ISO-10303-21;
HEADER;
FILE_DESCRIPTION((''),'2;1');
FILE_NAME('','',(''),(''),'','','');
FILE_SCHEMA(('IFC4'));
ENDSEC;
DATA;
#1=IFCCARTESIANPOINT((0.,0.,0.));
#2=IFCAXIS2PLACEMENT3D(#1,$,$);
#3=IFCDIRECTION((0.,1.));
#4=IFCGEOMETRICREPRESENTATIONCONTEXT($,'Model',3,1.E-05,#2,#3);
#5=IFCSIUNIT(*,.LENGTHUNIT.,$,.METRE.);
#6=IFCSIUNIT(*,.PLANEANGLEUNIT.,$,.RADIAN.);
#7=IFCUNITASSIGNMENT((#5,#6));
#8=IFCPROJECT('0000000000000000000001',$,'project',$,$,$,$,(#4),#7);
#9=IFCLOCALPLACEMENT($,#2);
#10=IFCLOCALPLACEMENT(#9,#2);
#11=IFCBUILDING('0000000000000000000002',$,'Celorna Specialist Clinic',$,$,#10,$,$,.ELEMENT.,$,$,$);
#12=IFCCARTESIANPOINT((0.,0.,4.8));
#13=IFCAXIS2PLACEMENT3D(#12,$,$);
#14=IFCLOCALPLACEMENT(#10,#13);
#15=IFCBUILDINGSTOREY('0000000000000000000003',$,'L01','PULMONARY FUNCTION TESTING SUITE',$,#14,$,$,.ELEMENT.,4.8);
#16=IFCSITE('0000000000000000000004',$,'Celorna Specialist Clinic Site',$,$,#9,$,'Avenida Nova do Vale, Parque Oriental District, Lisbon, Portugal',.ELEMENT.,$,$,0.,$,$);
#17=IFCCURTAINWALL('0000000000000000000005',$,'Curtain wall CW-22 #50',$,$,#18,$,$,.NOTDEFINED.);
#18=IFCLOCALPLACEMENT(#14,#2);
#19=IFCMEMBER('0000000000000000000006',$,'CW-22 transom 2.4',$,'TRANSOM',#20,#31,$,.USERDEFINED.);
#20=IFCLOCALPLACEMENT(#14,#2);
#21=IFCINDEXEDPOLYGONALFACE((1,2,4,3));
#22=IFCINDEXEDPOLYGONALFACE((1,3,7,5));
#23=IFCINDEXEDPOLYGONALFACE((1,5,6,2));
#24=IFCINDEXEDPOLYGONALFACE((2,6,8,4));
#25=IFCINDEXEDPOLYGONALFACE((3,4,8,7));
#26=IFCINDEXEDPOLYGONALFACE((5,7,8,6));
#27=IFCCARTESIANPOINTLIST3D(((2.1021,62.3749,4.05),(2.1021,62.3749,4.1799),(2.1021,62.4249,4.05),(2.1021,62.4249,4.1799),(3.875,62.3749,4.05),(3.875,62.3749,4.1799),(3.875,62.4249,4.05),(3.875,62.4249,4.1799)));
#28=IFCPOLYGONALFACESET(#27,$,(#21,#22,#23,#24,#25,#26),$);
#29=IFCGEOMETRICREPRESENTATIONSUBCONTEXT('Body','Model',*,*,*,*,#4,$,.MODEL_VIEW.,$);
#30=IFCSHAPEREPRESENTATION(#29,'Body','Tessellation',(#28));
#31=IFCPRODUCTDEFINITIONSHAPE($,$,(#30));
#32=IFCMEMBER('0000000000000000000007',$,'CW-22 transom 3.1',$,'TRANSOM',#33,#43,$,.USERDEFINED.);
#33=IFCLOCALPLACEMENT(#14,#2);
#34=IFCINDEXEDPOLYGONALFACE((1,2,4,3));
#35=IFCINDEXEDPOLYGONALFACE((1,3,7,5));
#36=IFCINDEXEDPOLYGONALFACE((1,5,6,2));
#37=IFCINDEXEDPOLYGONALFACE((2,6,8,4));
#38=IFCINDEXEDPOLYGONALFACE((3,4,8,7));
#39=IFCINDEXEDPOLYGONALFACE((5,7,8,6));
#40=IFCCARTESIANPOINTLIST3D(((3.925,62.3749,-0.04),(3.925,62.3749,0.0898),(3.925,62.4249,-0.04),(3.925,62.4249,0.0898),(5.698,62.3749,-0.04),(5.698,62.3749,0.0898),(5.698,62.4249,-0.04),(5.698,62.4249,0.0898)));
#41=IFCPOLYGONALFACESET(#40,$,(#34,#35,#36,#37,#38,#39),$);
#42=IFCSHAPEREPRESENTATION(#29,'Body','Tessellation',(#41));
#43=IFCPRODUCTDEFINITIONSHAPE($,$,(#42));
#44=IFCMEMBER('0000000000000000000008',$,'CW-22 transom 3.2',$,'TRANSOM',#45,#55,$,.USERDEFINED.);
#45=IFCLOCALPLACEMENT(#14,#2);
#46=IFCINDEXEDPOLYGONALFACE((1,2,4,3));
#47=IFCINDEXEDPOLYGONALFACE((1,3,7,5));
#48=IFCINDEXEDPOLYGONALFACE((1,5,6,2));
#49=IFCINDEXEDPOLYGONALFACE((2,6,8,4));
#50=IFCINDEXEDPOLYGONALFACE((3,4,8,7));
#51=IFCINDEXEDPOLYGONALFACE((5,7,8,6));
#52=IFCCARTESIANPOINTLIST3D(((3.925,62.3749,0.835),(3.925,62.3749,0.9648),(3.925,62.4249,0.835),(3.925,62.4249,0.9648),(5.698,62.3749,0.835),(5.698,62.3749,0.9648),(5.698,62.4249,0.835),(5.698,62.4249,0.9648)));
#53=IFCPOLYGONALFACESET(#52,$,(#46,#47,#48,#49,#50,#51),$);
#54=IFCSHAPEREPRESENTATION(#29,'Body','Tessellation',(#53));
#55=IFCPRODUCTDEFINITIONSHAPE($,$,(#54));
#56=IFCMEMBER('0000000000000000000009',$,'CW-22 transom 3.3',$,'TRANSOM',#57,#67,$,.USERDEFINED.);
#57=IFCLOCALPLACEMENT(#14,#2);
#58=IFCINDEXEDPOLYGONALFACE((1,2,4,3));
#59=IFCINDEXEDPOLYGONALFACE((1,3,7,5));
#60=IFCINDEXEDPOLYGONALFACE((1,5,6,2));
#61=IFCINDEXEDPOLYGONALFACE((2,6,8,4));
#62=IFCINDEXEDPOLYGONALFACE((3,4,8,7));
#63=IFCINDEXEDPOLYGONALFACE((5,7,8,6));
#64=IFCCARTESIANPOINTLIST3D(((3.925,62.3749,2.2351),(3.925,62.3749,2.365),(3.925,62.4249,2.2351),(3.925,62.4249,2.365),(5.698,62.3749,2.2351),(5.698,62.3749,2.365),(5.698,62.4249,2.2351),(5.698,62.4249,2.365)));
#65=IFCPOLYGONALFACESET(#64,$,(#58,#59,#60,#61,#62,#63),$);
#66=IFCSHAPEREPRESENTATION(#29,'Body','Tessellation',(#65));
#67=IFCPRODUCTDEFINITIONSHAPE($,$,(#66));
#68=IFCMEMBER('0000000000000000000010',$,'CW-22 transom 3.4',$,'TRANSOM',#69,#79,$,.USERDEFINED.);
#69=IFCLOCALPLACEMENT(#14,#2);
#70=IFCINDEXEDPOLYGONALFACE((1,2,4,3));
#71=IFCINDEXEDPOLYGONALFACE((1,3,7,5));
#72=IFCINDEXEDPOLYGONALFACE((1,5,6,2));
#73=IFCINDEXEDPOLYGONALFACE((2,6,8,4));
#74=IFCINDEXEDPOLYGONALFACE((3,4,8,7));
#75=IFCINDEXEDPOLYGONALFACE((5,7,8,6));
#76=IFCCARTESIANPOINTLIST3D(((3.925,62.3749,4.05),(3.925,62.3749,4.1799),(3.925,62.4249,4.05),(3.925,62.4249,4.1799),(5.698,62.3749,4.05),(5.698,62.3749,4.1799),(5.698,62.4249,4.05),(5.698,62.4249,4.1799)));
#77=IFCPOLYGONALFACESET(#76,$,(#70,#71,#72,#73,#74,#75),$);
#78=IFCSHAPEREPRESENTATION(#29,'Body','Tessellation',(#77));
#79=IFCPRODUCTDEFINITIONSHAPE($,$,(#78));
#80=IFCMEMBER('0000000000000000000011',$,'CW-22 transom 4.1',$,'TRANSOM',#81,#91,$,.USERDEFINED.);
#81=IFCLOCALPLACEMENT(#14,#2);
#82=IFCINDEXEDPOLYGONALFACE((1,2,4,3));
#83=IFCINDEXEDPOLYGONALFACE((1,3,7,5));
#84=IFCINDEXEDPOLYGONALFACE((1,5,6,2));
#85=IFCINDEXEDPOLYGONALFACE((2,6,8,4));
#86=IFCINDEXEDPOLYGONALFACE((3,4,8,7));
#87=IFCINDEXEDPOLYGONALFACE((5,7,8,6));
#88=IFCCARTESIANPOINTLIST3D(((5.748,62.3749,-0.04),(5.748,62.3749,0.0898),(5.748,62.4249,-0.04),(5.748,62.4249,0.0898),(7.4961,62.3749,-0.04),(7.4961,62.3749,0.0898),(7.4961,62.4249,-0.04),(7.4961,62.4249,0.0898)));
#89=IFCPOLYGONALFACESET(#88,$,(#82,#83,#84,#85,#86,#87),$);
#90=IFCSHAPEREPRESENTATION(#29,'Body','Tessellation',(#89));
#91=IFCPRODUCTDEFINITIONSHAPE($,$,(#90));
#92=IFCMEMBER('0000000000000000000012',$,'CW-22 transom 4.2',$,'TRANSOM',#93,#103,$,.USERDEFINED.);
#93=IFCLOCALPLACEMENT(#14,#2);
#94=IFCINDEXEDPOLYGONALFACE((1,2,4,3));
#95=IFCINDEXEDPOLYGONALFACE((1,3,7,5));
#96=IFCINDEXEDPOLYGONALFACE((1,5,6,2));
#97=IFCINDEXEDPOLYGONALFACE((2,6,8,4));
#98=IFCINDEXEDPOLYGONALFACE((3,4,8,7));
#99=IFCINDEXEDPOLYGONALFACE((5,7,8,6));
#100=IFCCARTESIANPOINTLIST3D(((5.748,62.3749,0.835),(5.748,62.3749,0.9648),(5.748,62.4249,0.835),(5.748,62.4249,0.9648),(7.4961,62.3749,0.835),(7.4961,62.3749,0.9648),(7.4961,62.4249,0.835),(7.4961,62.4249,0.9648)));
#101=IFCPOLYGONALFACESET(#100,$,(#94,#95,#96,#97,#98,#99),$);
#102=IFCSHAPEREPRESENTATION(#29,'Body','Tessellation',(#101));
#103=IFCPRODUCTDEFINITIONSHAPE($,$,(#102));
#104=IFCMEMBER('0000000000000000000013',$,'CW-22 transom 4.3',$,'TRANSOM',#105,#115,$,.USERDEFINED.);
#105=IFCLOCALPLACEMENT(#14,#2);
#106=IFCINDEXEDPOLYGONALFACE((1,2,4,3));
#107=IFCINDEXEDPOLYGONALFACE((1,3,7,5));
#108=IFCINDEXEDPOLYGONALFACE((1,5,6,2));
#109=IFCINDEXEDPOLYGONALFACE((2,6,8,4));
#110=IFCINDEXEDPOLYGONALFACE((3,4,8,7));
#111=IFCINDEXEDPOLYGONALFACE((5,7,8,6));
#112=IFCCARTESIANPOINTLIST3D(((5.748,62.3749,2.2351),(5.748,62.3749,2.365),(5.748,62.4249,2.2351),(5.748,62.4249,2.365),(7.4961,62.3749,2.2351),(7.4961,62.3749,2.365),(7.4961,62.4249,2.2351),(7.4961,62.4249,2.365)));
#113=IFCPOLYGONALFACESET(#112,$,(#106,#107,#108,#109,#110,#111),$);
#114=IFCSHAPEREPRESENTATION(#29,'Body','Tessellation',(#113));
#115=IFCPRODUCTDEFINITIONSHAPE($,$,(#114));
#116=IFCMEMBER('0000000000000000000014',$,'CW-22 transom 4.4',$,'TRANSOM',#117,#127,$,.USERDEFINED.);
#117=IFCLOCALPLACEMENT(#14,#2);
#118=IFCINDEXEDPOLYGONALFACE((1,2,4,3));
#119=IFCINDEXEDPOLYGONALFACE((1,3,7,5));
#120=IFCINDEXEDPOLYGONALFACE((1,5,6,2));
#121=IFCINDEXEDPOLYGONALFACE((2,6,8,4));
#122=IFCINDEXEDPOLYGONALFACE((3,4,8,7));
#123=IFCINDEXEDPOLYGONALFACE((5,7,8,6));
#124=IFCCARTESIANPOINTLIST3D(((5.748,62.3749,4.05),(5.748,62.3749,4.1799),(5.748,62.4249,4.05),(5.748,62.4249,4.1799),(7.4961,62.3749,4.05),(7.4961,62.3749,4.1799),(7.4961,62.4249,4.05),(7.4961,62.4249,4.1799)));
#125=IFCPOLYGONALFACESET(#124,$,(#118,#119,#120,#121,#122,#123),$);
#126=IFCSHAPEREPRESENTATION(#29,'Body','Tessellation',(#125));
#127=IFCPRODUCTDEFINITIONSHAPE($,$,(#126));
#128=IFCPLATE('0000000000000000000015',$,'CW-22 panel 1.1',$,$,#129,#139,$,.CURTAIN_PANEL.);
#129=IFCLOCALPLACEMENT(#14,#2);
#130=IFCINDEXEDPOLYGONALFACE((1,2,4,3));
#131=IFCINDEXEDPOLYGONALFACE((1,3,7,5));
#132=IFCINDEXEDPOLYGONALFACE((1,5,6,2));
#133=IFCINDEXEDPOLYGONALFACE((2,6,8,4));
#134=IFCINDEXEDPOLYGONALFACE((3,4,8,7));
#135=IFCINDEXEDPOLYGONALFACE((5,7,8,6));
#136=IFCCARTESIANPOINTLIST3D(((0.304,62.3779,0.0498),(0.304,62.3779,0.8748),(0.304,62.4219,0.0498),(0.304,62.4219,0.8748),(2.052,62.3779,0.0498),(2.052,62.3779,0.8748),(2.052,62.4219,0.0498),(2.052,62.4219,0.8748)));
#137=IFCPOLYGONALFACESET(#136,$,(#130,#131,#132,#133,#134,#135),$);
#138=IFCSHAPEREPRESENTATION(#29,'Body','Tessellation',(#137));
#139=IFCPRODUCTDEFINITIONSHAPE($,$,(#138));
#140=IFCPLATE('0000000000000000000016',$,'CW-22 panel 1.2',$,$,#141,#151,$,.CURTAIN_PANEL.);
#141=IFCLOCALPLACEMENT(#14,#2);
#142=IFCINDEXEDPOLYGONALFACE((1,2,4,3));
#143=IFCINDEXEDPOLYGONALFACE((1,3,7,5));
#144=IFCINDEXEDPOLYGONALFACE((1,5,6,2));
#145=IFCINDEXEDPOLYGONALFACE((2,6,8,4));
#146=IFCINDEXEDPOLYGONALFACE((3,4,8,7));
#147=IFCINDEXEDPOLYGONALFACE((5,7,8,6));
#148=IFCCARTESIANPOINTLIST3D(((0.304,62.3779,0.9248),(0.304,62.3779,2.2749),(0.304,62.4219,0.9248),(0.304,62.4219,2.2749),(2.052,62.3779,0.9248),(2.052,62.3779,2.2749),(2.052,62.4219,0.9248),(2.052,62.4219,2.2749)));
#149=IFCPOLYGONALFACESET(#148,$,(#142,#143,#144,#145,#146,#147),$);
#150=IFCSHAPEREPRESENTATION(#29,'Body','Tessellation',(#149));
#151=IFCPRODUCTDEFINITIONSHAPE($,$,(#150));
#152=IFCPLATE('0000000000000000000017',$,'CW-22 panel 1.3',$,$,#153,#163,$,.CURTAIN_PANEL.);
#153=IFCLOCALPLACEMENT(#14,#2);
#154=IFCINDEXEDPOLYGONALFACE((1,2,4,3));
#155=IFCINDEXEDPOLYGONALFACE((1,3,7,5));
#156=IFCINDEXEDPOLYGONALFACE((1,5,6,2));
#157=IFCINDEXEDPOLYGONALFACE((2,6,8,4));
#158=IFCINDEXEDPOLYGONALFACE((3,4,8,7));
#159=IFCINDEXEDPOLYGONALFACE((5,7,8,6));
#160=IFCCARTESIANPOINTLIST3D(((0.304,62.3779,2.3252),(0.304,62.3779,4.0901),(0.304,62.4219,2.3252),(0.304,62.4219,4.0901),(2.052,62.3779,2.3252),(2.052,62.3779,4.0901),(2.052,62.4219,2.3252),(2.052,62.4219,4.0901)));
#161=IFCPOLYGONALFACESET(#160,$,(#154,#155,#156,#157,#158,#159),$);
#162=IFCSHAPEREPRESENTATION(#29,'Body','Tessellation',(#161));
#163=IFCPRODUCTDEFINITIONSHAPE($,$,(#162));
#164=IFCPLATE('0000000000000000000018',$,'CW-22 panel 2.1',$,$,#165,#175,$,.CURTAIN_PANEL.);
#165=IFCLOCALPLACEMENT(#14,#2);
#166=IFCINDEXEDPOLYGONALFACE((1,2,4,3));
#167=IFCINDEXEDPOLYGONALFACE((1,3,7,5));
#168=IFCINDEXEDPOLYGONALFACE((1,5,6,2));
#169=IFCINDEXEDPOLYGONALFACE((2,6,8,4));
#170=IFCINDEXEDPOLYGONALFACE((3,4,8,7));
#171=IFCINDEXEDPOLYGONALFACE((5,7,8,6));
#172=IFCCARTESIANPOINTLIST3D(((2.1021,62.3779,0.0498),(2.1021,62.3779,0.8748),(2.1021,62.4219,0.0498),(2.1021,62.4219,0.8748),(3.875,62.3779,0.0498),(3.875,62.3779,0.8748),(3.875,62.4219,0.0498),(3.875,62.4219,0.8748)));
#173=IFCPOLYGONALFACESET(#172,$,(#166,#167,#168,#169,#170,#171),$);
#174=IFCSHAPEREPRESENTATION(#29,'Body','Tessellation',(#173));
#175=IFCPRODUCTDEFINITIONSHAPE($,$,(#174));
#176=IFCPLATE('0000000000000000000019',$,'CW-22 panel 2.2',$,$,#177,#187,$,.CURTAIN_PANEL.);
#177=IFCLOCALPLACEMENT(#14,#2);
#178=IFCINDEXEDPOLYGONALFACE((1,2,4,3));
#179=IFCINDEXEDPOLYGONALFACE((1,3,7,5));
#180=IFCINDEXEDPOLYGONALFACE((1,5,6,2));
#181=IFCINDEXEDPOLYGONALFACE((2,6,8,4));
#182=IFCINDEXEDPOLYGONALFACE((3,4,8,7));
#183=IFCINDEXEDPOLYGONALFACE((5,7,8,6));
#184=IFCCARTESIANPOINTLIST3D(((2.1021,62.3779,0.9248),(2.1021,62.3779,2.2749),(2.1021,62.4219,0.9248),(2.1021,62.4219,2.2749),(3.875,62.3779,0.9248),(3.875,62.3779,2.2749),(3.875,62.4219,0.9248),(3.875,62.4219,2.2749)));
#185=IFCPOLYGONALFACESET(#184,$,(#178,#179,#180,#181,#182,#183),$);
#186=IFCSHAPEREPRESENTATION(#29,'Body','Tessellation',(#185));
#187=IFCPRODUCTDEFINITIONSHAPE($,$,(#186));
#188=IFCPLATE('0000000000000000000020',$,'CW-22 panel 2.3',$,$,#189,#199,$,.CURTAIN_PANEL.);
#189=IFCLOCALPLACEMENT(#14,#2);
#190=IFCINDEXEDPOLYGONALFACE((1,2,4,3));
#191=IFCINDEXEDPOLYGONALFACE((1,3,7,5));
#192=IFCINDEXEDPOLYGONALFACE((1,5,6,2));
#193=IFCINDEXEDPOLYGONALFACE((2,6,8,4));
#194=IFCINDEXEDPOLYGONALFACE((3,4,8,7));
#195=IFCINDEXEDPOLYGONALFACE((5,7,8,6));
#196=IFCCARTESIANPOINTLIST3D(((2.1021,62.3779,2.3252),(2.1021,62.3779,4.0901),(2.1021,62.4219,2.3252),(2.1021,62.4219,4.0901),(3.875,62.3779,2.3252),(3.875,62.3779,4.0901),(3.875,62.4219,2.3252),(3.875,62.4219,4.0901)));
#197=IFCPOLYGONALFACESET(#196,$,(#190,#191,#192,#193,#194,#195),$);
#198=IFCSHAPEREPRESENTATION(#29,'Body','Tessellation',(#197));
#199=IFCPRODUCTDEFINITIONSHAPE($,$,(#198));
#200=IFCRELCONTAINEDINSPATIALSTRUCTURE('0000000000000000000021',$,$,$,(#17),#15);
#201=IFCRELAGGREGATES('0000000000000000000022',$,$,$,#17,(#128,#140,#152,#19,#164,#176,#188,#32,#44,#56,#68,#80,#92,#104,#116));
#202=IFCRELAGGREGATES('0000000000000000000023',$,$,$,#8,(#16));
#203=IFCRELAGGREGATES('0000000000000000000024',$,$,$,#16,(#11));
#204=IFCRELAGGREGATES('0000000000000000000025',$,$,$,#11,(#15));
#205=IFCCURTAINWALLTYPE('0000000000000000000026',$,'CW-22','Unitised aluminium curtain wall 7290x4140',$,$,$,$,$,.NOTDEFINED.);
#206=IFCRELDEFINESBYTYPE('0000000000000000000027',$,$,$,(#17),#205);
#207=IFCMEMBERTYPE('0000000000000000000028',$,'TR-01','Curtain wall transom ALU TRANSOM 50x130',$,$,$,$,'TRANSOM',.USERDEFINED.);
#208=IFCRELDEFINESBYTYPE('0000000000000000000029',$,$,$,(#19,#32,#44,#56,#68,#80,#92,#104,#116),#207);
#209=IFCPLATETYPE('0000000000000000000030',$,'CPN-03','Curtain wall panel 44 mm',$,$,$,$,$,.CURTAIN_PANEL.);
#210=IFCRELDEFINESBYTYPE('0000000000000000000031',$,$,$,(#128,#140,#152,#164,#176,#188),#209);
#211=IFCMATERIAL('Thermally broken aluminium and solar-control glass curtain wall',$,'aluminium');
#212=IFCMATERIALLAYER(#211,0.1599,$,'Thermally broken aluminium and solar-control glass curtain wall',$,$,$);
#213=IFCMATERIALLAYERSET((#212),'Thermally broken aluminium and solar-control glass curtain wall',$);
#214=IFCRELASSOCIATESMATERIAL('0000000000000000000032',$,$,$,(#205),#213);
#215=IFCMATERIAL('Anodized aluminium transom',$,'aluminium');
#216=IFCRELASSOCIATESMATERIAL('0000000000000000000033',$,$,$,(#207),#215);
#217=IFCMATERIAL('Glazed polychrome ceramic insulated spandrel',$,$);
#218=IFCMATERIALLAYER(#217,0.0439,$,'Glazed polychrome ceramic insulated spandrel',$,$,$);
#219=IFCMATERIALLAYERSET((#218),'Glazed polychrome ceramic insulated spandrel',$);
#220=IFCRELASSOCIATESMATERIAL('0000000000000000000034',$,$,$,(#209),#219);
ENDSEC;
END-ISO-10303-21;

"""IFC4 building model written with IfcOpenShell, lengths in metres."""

from ifc_helpers import new_model, si_unit, direction, frame, origin, origin_2d, place, context, subcontext, project, spatial, rectangle, extrude, material, layer, layer_set, material_profile, profile_set, type_object, element, aggregate, save


model = new_model("IFC4")

# Units and contexts
model_context = context("Model", 3, precision=1e-05, world=origin(), true_north=direction((0.0, 1.0)))
body_context = subcontext(model_context, "Body", "Model", "MODEL_VIEW")
ifc_project = project(units=[si_unit("LENGTHUNIT", "METRE"), si_unit("PLANEANGLEUNIT", "RADIAN")], contexts=[model_context])

# Site, building, storey
site_placement = place(None, origin())
site = spatial("IfcSite", under=ifc_project, at=site_placement, Name="Celorna Specialist Clinic Site", LongName="Avenida Nova do Vale, Parque Oriental District, Lisbon, Portugal", CompositionType="ELEMENT", RefElevation=0.0)
building_placement = place(site_placement, origin())
building = spatial("IfcBuilding", under=site, at=building_placement, Name="Celorna Specialist Clinic", CompositionType="ELEMENT")
storey_placement = place(building_placement, frame((0.0, 0.0, 4.8)))
storey = spatial("IfcBuildingStorey", under=building, at=storey_placement, Name="L01", Description="PULMONARY FUNCTION TESTING SUITE", CompositionType="ELEMENT", Elevation=4.8)

# Curtain wall, members, plates
ifc_material_1 = material(Name="Thermally broken aluminium and solar-control glass curtain wall", Category="aluminium")
ifc_layer_1 = layer(ifc_material_1, 0.1599, Name="Thermally broken aluminium and solar-control glass curtain wall")
ifc_layer_set_1 = layer_set([ifc_layer_1], Name="Thermally broken aluminium and solar-control glass curtain wall")
curtain_wall_type = type_object("IfcCurtainWallType", Name="CW-22", Description="Unitised aluminium curtain wall 7290x4140", PredefinedType="NOTDEFINED", material=ifc_layer_set_1)
curtain_wall_placement = place(storey_placement, origin())
curtain_wall = element("IfcCurtainWall", 1, at=curtain_wall_placement, inside=storey, type_object=curtain_wall_type, Name="Curtain wall CW-22 #50", PredefinedType="NOTDEFINED")
ifc_material_2 = material(Name="Anodized aluminium transom", Category="aluminium")
ifc_material_profile_1 = material_profile(ifc_material_2, rectangle(XDim=0.05, YDim=0.1299, at=origin_2d()), Name="ALU TRANSOM 50x130")
ifc_profile_set_1 = profile_set([ifc_material_profile_1], Name="Anodized aluminium transom")
member_type_1 = type_object("IfcMemberType", Name="TR-01", Description="Curtain wall transom ALU TRANSOM 50x130", ElementType="TRANSOM", PredefinedType="USERDEFINED", material=ifc_profile_set_1)
member_1_placement = place(storey_placement, frame((2.1021, 62.3999, 4.115), z_axis=(1.0, 0.0, 0.0), x_axis=(0.0, 1.0, 0.0)))
member_1 = element("IfcMember", 2, at=member_1_placement, type_object=member_type_1, Name="CW-22 transom 2.4", ObjectType="TRANSOM", PredefinedType="USERDEFINED", context=body_context, shape_type="SweptSolid", body=[
    extrude(rectangle(XDim=0.05, YDim=0.1299, at=origin_2d()), origin(), (0.0, 0.0, 1.0), 1.7729),
])
member_2_placement = place(storey_placement, frame((3.925, 62.3999, 0.0249), z_axis=(1.0, 0.0, 0.0), x_axis=(0.0, 1.0, 0.0)))
member_2 = element("IfcMember", 3, at=member_2_placement, type_object=member_type_1, Name="CW-22 transom 3.1", ObjectType="TRANSOM", PredefinedType="USERDEFINED", context=body_context, shape_type="SweptSolid", body=[
    extrude(rectangle(XDim=0.05, YDim=0.1299, at=origin_2d()), origin(), (0.0, 0.0, 1.0), 1.7729),
])
member_3_placement = place(storey_placement, frame((3.925, 62.3999, 0.8999), z_axis=(1.0, 0.0, 0.0), x_axis=(0.0, 1.0, 0.0)))
member_3 = element("IfcMember", 4, at=member_3_placement, type_object=member_type_1, Name="CW-22 transom 3.2", ObjectType="TRANSOM", PredefinedType="USERDEFINED", context=body_context, shape_type="SweptSolid", body=[
    extrude(rectangle(XDim=0.05, YDim=0.1299, at=origin_2d()), origin(), (0.0, 0.0, 1.0), 1.7729),
])
member_4_placement = place(storey_placement, frame((3.925, 62.3999, 2.3), z_axis=(1.0, 0.0, 0.0), x_axis=(0.0, 1.0, 0.0)))
member_4 = element("IfcMember", 5, at=member_4_placement, type_object=member_type_1, Name="CW-22 transom 3.3", ObjectType="TRANSOM", PredefinedType="USERDEFINED", context=body_context, shape_type="SweptSolid", body=[
    extrude(rectangle(XDim=0.05, YDim=0.1299, at=origin_2d()), origin(), (0.0, 0.0, 1.0), 1.7729),
])
member_5_placement = place(storey_placement, frame((3.925, 62.3999, 4.115), z_axis=(1.0, 0.0, 0.0), x_axis=(0.0, 1.0, 0.0)))
member_5 = element("IfcMember", 6, at=member_5_placement, type_object=member_type_1, Name="CW-22 transom 3.4", ObjectType="TRANSOM", PredefinedType="USERDEFINED", context=body_context, shape_type="SweptSolid", body=[
    extrude(rectangle(XDim=0.05, YDim=0.1299, at=origin_2d()), origin(), (0.0, 0.0, 1.0), 1.7729),
])
member_6_placement = place(storey_placement, frame((5.748, 62.3999, 0.0249), z_axis=(1.0, 0.0, 0.0), x_axis=(0.0, 1.0, 0.0)))
member_6 = element("IfcMember", 7, at=member_6_placement, type_object=member_type_1, Name="CW-22 transom 4.1", ObjectType="TRANSOM", PredefinedType="USERDEFINED", context=body_context, shape_type="SweptSolid", body=[
    extrude(rectangle(XDim=0.05, YDim=0.1299, at=origin_2d()), origin(), (0.0, 0.0, 1.0), 1.748),
])
member_7_placement = place(storey_placement, frame((5.748, 62.3999, 0.8999), z_axis=(1.0, 0.0, 0.0), x_axis=(0.0, 1.0, 0.0)))
member_7 = element("IfcMember", 8, at=member_7_placement, type_object=member_type_1, Name="CW-22 transom 4.2", ObjectType="TRANSOM", PredefinedType="USERDEFINED", context=body_context, shape_type="SweptSolid", body=[
    extrude(rectangle(XDim=0.05, YDim=0.1299, at=origin_2d()), origin(), (0.0, 0.0, 1.0), 1.748),
])
member_8_placement = place(storey_placement, frame((5.748, 62.3999, 2.3), z_axis=(1.0, 0.0, 0.0), x_axis=(0.0, 1.0, 0.0)))
member_8 = element("IfcMember", 9, at=member_8_placement, type_object=member_type_1, Name="CW-22 transom 4.3", ObjectType="TRANSOM", PredefinedType="USERDEFINED", context=body_context, shape_type="SweptSolid", body=[
    extrude(rectangle(XDim=0.05, YDim=0.1299, at=origin_2d()), origin(), (0.0, 0.0, 1.0), 1.748),
])
member_9_placement = place(storey_placement, frame((5.748, 62.3999, 4.115), z_axis=(1.0, 0.0, 0.0), x_axis=(0.0, 1.0, 0.0)))
member_9 = element("IfcMember", 10, at=member_9_placement, type_object=member_type_1, Name="CW-22 transom 4.4", ObjectType="TRANSOM", PredefinedType="USERDEFINED", context=body_context, shape_type="SweptSolid", body=[
    extrude(rectangle(XDim=0.05, YDim=0.1299, at=origin_2d()), origin(), (0.0, 0.0, 1.0), 1.748),
])
ifc_material_3 = material(Name="Glazed polychrome ceramic insulated spandrel")
ifc_layer_2 = layer(ifc_material_3, 0.0439, Name="Glazed polychrome ceramic insulated spandrel")
ifc_layer_set_2 = layer_set([ifc_layer_2], Name="Glazed polychrome ceramic insulated spandrel")
plate_type = type_object("IfcPlateType", Name="CPN-03", Description="Curtain wall panel 44 mm", PredefinedType="CURTAIN_PANEL", material=ifc_layer_set_2)
plate_1_placement = place(storey_placement, frame((1.178, 62.3999, 0.0498), z_axis=(0.0, 0.0, 1.0), x_axis=(1.0, 0.0, 0.0)))
plate_1 = element("IfcPlate", 11, at=plate_1_placement, type_object=plate_type, Name="CW-22 panel 1.1", PredefinedType="CURTAIN_PANEL", context=body_context, shape_type="SweptSolid", body=[
    extrude(rectangle(XDim=1.748, YDim=0.0439, at=origin_2d()), origin(), (0.0, 0.0, 1.0), 0.825),
])
plate_2_placement = place(storey_placement, frame((1.178, 62.3999, 0.9248), z_axis=(0.0, 0.0, 1.0), x_axis=(1.0, 0.0, 0.0)))
plate_2 = element("IfcPlate", 12, at=plate_2_placement, type_object=plate_type, Name="CW-22 panel 1.2", PredefinedType="CURTAIN_PANEL", context=body_context, shape_type="SweptSolid", body=[
    extrude(rectangle(XDim=1.748, YDim=0.0439, at=origin_2d()), origin(), (0.0, 0.0, 1.0), 1.3501),
])
plate_3_placement = place(storey_placement, frame((1.178, 62.3999, 2.3252), z_axis=(0.0, 0.0, 1.0), x_axis=(1.0, 0.0, 0.0)))
plate_3 = element("IfcPlate", 13, at=plate_3_placement, type_object=plate_type, Name="CW-22 panel 1.3", PredefinedType="CURTAIN_PANEL", context=body_context, shape_type="SweptSolid", body=[
    extrude(rectangle(XDim=1.748, YDim=0.0439, at=origin_2d()), origin(), (0.0, 0.0, 1.0), 1.7649),
])
plate_4_placement = place(storey_placement, frame((2.9885, 62.3999, 0.0498), z_axis=(0.0, 0.0, 1.0), x_axis=(1.0, 0.0, 0.0)))
plate_4 = element("IfcPlate", 14, at=plate_4_placement, type_object=plate_type, Name="CW-22 panel 2.1", PredefinedType="CURTAIN_PANEL", context=body_context, shape_type="SweptSolid", body=[
    extrude(rectangle(XDim=1.7729, YDim=0.0439, at=origin_2d()), origin(), (0.0, 0.0, 1.0), 0.825),
])
plate_5_placement = place(storey_placement, frame((2.9885, 62.3999, 0.9248), z_axis=(0.0, 0.0, 1.0), x_axis=(1.0, 0.0, 0.0)))
plate_5 = element("IfcPlate", 15, at=plate_5_placement, type_object=plate_type, Name="CW-22 panel 2.2", PredefinedType="CURTAIN_PANEL", context=body_context, shape_type="SweptSolid", body=[
    extrude(rectangle(XDim=1.7729, YDim=0.0439, at=origin_2d()), origin(), (0.0, 0.0, 1.0), 1.3501),
])
plate_6_placement = place(storey_placement, frame((2.9885, 62.3999, 2.3252), z_axis=(0.0, 0.0, 1.0), x_axis=(1.0, 0.0, 0.0)))
plate_6 = element("IfcPlate", 16, at=plate_6_placement, type_object=plate_type, Name="CW-22 panel 2.3", PredefinedType="CURTAIN_PANEL", context=body_context, shape_type="SweptSolid", body=[
    extrude(rectangle(XDim=1.7729, YDim=0.0439, at=origin_2d()), origin(), (0.0, 0.0, 1.0), 1.7649),
])
aggregate(curtain_wall, [plate_1, plate_2, plate_3, member_1, plate_4, plate_5, plate_6, member_2, member_3, member_4, member_5, member_6, member_7, member_8, member_9])

save(model, "model.ifc")
